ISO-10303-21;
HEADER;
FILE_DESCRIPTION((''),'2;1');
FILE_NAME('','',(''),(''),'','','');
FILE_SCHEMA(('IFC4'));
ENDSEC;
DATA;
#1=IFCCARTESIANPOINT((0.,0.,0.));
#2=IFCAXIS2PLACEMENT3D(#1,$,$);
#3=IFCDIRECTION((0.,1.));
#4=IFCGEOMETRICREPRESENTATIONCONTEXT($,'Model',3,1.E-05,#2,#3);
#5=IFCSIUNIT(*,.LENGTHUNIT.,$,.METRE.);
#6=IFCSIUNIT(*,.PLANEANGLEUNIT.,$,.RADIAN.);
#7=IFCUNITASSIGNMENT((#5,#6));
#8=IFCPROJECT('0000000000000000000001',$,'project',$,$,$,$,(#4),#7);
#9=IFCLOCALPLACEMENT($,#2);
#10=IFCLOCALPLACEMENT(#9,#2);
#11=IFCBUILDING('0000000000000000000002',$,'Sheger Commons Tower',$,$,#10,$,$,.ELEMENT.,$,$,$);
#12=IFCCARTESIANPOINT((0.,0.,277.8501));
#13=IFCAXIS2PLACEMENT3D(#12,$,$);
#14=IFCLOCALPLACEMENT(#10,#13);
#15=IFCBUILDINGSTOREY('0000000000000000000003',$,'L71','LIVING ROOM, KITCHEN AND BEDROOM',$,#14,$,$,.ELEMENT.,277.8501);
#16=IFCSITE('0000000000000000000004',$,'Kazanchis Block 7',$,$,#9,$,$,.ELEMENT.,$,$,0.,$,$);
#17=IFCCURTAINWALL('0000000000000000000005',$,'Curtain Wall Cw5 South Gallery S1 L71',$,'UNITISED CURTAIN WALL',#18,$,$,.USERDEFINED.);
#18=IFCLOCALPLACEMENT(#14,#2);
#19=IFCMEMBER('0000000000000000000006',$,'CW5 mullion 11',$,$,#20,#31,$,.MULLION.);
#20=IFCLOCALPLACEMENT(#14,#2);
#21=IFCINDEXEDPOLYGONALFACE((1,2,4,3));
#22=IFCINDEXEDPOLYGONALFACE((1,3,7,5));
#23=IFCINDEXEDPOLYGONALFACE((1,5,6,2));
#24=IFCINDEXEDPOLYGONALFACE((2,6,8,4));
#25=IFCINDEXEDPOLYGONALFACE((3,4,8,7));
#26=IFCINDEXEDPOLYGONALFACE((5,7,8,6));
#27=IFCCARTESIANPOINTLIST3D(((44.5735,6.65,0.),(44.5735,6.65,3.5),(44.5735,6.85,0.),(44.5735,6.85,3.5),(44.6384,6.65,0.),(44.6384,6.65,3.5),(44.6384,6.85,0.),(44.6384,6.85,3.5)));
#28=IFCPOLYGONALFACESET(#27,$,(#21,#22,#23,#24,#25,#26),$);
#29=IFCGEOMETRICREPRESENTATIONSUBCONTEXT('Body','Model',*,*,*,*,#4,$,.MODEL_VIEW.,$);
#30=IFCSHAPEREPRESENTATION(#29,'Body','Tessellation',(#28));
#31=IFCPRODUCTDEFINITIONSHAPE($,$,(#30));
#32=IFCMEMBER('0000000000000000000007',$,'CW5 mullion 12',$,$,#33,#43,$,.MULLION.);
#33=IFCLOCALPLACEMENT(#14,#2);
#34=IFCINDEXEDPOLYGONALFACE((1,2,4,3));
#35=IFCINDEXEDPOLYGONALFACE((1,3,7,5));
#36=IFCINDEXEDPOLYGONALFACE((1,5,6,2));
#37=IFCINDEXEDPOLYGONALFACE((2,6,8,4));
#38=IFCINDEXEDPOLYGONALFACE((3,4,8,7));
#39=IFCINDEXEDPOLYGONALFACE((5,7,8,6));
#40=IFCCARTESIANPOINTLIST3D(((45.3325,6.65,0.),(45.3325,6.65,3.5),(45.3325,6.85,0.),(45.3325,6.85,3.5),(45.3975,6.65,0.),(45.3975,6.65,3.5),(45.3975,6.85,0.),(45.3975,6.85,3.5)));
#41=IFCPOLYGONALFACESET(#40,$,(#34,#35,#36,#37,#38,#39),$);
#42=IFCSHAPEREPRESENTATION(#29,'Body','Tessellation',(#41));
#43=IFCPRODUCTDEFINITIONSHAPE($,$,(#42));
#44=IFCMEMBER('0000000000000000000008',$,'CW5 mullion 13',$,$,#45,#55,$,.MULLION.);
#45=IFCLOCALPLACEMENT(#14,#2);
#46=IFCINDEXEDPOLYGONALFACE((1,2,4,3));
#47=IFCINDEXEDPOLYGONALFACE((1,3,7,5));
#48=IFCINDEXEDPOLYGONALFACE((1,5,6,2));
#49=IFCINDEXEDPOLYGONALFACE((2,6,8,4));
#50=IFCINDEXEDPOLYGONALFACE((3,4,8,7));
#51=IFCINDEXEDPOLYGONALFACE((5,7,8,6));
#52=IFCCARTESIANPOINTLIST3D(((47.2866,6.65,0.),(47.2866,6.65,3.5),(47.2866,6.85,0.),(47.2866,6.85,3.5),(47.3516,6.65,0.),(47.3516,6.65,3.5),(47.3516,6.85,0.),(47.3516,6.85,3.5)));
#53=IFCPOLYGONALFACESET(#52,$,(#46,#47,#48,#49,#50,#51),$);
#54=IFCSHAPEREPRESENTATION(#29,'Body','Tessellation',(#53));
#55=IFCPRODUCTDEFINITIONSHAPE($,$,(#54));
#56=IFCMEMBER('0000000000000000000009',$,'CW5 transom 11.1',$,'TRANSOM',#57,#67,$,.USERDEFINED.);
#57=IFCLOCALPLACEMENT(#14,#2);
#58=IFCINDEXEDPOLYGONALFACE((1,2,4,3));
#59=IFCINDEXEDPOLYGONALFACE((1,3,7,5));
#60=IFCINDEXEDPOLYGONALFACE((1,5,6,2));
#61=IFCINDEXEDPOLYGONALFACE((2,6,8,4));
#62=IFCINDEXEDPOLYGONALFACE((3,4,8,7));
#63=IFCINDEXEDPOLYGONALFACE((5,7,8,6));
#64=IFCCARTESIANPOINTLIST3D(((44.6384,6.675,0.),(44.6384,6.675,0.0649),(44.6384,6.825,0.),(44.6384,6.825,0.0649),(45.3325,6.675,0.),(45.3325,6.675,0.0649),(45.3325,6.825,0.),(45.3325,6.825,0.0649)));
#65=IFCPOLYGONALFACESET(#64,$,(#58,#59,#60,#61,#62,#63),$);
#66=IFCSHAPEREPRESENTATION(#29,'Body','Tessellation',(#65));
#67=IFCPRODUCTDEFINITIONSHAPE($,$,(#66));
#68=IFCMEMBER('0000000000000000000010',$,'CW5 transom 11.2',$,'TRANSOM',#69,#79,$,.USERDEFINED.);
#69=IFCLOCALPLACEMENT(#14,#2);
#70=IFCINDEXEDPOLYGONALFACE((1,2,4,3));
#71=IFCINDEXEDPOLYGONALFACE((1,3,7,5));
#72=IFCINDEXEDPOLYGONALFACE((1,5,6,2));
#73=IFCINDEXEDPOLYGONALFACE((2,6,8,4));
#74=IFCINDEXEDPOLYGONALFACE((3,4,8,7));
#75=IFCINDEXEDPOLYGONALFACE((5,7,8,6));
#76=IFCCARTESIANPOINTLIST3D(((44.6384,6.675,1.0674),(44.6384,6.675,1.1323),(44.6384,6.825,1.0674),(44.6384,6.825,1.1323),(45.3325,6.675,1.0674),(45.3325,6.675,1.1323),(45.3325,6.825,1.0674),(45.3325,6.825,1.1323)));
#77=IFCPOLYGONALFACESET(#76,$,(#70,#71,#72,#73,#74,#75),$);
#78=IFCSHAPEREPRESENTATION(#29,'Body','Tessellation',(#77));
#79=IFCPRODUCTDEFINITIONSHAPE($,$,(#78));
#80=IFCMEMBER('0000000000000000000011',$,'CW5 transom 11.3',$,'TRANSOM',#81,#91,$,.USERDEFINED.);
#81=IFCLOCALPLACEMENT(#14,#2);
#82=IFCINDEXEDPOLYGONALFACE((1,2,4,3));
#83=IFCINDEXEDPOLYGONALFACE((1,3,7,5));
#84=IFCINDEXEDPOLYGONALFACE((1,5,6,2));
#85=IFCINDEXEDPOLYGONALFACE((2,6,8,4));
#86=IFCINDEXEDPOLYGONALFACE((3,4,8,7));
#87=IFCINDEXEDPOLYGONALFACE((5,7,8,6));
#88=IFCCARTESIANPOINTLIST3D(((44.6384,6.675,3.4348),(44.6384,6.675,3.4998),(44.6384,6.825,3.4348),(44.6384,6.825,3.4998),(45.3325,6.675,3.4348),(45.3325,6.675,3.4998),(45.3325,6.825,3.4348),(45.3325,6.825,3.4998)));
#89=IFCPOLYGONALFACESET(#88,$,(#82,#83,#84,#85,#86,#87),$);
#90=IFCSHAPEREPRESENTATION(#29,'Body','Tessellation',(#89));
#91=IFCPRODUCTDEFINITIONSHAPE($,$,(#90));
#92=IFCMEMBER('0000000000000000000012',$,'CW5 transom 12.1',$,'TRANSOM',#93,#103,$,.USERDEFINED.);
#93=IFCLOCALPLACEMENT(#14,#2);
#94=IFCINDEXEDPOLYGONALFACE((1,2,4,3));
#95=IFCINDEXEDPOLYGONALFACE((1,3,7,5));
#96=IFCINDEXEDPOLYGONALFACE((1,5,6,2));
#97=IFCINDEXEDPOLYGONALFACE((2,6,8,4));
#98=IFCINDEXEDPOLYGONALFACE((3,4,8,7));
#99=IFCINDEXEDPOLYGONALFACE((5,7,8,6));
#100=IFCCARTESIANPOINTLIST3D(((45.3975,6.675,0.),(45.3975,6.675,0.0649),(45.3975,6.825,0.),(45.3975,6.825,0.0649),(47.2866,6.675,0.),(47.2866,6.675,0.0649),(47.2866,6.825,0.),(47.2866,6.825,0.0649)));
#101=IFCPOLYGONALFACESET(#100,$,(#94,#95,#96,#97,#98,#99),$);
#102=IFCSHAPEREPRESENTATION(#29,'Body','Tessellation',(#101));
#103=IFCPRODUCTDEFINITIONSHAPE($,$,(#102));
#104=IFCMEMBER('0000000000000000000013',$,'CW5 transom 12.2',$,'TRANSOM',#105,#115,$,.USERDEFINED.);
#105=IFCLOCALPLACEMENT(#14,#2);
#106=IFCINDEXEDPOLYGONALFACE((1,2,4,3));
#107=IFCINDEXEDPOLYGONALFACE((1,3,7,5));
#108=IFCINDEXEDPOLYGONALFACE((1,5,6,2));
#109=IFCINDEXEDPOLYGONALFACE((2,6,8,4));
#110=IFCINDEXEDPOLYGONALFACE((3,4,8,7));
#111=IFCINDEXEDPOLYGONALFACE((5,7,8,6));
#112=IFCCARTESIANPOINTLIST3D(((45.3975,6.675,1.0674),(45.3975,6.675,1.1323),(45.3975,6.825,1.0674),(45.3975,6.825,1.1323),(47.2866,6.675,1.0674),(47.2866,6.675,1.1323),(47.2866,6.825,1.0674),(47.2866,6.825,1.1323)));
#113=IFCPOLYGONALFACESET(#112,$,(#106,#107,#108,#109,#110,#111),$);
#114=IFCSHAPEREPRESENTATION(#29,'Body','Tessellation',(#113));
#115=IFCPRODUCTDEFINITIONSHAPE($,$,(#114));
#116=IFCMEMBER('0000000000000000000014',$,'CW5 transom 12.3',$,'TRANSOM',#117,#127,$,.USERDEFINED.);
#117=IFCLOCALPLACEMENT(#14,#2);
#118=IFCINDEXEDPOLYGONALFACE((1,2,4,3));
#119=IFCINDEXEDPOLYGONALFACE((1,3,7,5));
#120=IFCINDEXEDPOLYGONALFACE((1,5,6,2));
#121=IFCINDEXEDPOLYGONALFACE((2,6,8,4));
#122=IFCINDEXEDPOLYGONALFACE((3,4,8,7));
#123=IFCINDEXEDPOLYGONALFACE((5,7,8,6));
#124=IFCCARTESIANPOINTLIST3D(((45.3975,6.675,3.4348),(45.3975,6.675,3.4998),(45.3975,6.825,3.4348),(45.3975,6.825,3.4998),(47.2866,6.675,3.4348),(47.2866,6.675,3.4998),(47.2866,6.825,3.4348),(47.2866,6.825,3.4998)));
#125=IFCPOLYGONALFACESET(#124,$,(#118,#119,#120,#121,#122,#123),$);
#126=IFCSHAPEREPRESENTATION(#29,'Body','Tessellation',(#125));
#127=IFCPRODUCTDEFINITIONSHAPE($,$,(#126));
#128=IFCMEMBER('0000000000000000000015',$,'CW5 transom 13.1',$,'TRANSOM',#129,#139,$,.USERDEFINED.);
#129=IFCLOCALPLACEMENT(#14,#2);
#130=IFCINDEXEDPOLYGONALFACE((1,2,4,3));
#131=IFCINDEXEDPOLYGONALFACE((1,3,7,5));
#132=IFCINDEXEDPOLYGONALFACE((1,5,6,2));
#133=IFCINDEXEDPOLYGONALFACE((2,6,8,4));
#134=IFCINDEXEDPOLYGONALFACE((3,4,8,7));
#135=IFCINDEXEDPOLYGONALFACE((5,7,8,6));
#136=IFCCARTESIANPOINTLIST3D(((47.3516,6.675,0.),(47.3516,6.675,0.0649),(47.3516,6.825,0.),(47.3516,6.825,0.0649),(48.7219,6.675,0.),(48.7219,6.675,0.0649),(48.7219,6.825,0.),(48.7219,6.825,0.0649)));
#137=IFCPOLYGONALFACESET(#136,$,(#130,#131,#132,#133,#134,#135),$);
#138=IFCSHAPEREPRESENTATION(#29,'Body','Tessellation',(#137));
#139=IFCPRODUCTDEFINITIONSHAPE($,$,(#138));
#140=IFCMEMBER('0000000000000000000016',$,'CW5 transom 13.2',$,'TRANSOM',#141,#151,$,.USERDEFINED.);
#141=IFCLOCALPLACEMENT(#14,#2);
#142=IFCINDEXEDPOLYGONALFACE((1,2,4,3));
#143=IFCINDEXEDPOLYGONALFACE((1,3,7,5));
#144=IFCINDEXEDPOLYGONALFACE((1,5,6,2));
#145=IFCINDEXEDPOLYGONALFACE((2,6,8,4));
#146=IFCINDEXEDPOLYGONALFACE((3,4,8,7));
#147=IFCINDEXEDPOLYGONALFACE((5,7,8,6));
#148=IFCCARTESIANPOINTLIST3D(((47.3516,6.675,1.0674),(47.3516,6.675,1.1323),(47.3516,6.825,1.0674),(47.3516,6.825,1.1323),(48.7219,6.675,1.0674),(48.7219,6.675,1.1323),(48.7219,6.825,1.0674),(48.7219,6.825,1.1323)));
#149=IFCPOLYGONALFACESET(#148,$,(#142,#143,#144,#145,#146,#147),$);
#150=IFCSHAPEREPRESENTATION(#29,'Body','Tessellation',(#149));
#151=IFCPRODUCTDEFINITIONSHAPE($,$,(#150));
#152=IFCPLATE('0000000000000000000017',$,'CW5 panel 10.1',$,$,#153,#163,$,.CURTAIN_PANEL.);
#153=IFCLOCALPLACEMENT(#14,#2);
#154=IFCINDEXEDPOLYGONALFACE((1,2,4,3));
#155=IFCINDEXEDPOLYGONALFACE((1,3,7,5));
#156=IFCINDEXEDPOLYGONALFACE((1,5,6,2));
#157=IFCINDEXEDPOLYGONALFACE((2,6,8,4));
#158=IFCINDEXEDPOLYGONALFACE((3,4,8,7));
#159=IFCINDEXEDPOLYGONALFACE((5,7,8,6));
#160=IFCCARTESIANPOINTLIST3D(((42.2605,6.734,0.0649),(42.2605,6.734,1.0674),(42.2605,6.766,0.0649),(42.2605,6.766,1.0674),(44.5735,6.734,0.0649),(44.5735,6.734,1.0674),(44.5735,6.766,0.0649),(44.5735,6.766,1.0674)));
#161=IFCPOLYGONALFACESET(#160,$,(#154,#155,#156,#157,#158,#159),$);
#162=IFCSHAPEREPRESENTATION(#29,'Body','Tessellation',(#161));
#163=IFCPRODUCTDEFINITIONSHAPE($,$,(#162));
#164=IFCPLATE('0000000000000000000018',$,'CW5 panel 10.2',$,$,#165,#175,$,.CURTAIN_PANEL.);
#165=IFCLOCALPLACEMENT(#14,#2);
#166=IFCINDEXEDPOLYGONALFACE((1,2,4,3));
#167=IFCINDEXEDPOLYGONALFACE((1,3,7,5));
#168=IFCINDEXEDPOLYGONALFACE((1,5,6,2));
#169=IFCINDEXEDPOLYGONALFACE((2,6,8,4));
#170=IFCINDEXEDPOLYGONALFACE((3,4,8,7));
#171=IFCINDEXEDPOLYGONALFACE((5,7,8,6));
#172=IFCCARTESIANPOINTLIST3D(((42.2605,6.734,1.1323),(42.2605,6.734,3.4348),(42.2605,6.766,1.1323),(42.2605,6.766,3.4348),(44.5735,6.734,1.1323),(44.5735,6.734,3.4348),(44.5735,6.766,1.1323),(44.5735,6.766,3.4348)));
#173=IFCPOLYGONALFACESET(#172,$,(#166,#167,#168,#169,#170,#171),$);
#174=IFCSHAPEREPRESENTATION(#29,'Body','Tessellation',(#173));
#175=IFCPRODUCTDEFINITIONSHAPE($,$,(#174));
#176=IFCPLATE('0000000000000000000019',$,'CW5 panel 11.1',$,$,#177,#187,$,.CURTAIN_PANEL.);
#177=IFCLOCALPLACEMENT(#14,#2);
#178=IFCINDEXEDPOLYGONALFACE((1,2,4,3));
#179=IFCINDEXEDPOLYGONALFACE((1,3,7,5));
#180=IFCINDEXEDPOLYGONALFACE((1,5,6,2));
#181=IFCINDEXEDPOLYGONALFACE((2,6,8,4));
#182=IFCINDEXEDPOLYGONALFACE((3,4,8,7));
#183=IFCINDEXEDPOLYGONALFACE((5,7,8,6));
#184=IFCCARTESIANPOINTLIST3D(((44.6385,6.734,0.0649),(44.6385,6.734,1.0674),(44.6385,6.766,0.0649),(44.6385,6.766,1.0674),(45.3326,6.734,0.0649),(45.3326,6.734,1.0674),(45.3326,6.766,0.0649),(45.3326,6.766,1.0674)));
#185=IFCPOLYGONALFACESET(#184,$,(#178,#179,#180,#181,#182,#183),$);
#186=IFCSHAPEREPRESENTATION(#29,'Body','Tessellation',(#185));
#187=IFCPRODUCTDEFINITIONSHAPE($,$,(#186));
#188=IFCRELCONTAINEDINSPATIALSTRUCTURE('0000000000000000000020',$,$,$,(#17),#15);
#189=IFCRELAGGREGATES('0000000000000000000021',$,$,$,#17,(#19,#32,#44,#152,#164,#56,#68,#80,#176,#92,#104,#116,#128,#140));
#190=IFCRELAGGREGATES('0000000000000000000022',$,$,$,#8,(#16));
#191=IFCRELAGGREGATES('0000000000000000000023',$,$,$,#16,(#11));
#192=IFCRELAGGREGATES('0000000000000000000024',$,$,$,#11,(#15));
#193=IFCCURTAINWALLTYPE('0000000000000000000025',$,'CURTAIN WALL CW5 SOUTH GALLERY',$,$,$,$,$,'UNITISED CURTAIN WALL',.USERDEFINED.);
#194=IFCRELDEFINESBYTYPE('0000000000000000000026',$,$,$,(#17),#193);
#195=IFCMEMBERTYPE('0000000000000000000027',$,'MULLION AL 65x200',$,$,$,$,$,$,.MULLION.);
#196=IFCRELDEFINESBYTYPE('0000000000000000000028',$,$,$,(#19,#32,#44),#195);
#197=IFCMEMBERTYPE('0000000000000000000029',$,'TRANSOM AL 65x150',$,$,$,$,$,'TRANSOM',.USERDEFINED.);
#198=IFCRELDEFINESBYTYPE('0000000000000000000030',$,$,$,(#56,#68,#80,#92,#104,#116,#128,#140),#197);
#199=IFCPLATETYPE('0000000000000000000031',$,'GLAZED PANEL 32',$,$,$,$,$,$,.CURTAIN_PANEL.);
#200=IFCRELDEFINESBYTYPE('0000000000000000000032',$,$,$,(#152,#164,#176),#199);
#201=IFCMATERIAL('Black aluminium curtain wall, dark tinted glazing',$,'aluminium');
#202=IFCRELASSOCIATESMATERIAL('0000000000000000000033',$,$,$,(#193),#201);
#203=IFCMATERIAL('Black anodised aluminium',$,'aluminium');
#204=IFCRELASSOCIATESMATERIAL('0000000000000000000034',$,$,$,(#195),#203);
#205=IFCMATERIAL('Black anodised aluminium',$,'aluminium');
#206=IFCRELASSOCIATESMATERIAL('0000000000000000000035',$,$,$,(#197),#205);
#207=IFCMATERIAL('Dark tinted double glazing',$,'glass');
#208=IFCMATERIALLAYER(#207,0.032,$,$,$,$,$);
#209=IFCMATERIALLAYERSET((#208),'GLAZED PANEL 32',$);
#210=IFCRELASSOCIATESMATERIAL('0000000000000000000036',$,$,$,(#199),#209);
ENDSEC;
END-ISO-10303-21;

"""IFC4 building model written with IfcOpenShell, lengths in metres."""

from ifc_helpers import new_model, si_unit, direction, frame, origin, origin_2d, place, context, subcontext, project, spatial, rectangle, extrude, material, layer, layer_set, material_profile, profile_set, type_object, element, aggregate, save


model = new_model("IFC4")

# Units and contexts
model_context = context("Model", 3, precision=1e-05, world=origin(), true_north=direction((0.0, 1.0)))
body_context = subcontext(model_context, "Body", "Model", "MODEL_VIEW")
ifc_project = project(units=[si_unit("LENGTHUNIT", "METRE"), si_unit("PLANEANGLEUNIT", "RADIAN")], contexts=[model_context])

# Site, building, storey
site_placement = place(None, origin())
site = spatial("IfcSite", under=ifc_project, at=site_placement, Name="Kazanchis Block 7", CompositionType="ELEMENT", RefElevation=0.0)
building_placement = place(site_placement, origin())
building = spatial("IfcBuilding", under=site, at=building_placement, Name="Sheger Commons Tower", CompositionType="ELEMENT")
storey_placement = place(building_placement, frame((0.0, 0.0, 277.8501)))
storey = spatial("IfcBuildingStorey", under=building, at=storey_placement, Name="L71", Description="LIVING ROOM, KITCHEN AND BEDROOM", CompositionType="ELEMENT", Elevation=277.8501)

# Curtain wall, members, plates
ifc_material_1 = material(Name="Black aluminium curtain wall, dark tinted glazing", Category="aluminium")
curtain_wall_type = type_object("IfcCurtainWallType", Name="CURTAIN WALL CW5 SOUTH GALLERY", ElementType="UNITISED CURTAIN WALL", PredefinedType="USERDEFINED", material=ifc_material_1)
curtain_wall_placement = place(storey_placement, origin())
curtain_wall = element("IfcCurtainWall", 1, at=curtain_wall_placement, inside=storey, type_object=curtain_wall_type, Name="Curtain Wall Cw5 South Gallery S1 L71", ObjectType="UNITISED CURTAIN WALL", PredefinedType="USERDEFINED")
ifc_material_2 = material(Name="Black anodised aluminium", Category="aluminium")
ifc_material_profile_1 = material_profile(ifc_material_2, rectangle(XDim=0.2, YDim=0.0649, at=origin_2d()), Name="AL 65x200")
ifc_profile_set_1 = profile_set([ifc_material_profile_1], Name="Black anodised aluminium")
member_type_1 = type_object("IfcMemberType", Name="MULLION AL 65x200", PredefinedType="MULLION", material=ifc_profile_set_1)
member_1_placement = place(storey_placement, frame((44.606, 6.75, 0.0), z_axis=(0.0, 0.0, 1.0), x_axis=(0.0, 1.0, 0.0)))
member_1 = element("IfcMember", 2, at=member_1_placement, type_object=member_type_1, Name="CW5 mullion 11", PredefinedType="MULLION", context=body_context, shape_type="SweptSolid", body=[
    extrude(rectangle(XDim=0.2, YDim=0.0649, at=origin_2d()), origin(), (0.0, 0.0, 1.0), 3.5),
])
member_2_placement = place(storey_placement, frame((45.365, 6.75, 0.0), z_axis=(0.0, 0.0, 1.0), x_axis=(0.0, 1.0, 0.0)))
member_2 = element("IfcMember", 3, at=member_2_placement, type_object=member_type_1, Name="CW5 mullion 12", PredefinedType="MULLION", context=body_context, shape_type="SweptSolid", body=[
    extrude(rectangle(XDim=0.2, YDim=0.0649, at=origin_2d()), origin(), (0.0, 0.0, 1.0), 3.5),
])
member_3_placement = place(storey_placement, frame((47.3191, 6.75, 0.0), z_axis=(0.0, 0.0, 1.0), x_axis=(0.0, 1.0, 0.0)))
member_3 = element("IfcMember", 4, at=member_3_placement, type_object=member_type_1, Name="CW5 mullion 13", PredefinedType="MULLION", context=body_context, shape_type="SweptSolid", body=[
    extrude(rectangle(XDim=0.2, YDim=0.0649, at=origin_2d()), origin(), (0.0, 0.0, 1.0), 3.5),
])
ifc_material_3 = material(Name="Black anodised aluminium", Category="aluminium")
ifc_material_profile_2 = material_profile(ifc_material_3, rectangle(XDim=0.1499, YDim=0.0649, at=origin_2d()), Name="AL 65x150")
ifc_profile_set_2 = profile_set([ifc_material_profile_2], Name="Black anodised aluminium")
member_type_2 = type_object("IfcMemberType", Name="TRANSOM AL 65x150", ElementType="TRANSOM", PredefinedType="USERDEFINED", material=ifc_profile_set_2)
member_4_placement = place(storey_placement, frame((44.6384, 6.75, 0.0325), z_axis=(1.0, 0.0, 0.0), x_axis=(0.0, 1.0, 0.0)))
member_4 = element("IfcMember", 5, at=member_4_placement, type_object=member_type_2, Name="CW5 transom 11.1", ObjectType="TRANSOM", PredefinedType="USERDEFINED", context=body_context, shape_type="SweptSolid", body=[
    extrude(rectangle(XDim=0.1499, YDim=0.0649, at=origin_2d()), origin(), (0.0, 0.0, 1.0), 0.6941),
])
member_5_placement = place(storey_placement, frame((44.6384, 6.75, 1.0999), z_axis=(1.0, 0.0, 0.0), x_axis=(0.0, 1.0, 0.0)))
member_5 = element("IfcMember", 6, at=member_5_placement, type_object=member_type_2, Name="CW5 transom 11.2", ObjectType="TRANSOM", PredefinedType="USERDEFINED", context=body_context, shape_type="SweptSolid", body=[
    extrude(rectangle(XDim=0.1499, YDim=0.0649, at=origin_2d()), origin(), (0.0, 0.0, 1.0), 0.6941),
])
member_6_placement = place(storey_placement, frame((44.6384, 6.75, 3.4673), z_axis=(1.0, 0.0, 0.0), x_axis=(0.0, 1.0, 0.0)))
member_6 = element("IfcMember", 7, at=member_6_placement, type_object=member_type_2, Name="CW5 transom 11.3", ObjectType="TRANSOM", PredefinedType="USERDEFINED", context=body_context, shape_type="SweptSolid", body=[
    extrude(rectangle(XDim=0.1499, YDim=0.0649, at=origin_2d()), origin(), (0.0, 0.0, 1.0), 0.6941),
])
member_7_placement = place(storey_placement, frame((45.3975, 6.75, 0.0325), z_axis=(1.0, 0.0, 0.0), x_axis=(0.0, 1.0, 0.0)))
member_7 = element("IfcMember", 8, at=member_7_placement, type_object=member_type_2, Name="CW5 transom 12.1", ObjectType="TRANSOM", PredefinedType="USERDEFINED", context=body_context, shape_type="SweptSolid", body=[
    extrude(rectangle(XDim=0.1499, YDim=0.0649, at=origin_2d()), origin(), (0.0, 0.0, 1.0), 1.8892),
])
member_8_placement = place(storey_placement, frame((45.3975, 6.75, 1.0999), z_axis=(1.0, 0.0, 0.0), x_axis=(0.0, 1.0, 0.0)))
member_8 = element("IfcMember", 9, at=member_8_placement, type_object=member_type_2, Name="CW5 transom 12.2", ObjectType="TRANSOM", PredefinedType="USERDEFINED", context=body_context, shape_type="SweptSolid", body=[
    extrude(rectangle(XDim=0.1499, YDim=0.0649, at=origin_2d()), origin(), (0.0, 0.0, 1.0), 1.8892),
])
member_9_placement = place(storey_placement, frame((45.3975, 6.75, 3.4673), z_axis=(1.0, 0.0, 0.0), x_axis=(0.0, 1.0, 0.0)))
member_9 = element("IfcMember", 10, at=member_9_placement, type_object=member_type_2, Name="CW5 transom 12.3", ObjectType="TRANSOM", PredefinedType="USERDEFINED", context=body_context, shape_type="SweptSolid", body=[
    extrude(rectangle(XDim=0.1499, YDim=0.0649, at=origin_2d()), origin(), (0.0, 0.0, 1.0), 1.8892),
])
member_10_placement = place(storey_placement, frame((47.3516, 6.75, 0.0325), z_axis=(1.0, 0.0, 0.0), x_axis=(0.0, 1.0, 0.0)))
member_10 = element("IfcMember", 11, at=member_10_placement, type_object=member_type_2, Name="CW5 transom 13.1", ObjectType="TRANSOM", PredefinedType="USERDEFINED", context=body_context, shape_type="SweptSolid", body=[
    extrude(rectangle(XDim=0.1499, YDim=0.0649, at=origin_2d()), origin(), (0.0, 0.0, 1.0), 1.3704),
])
member_11_placement = place(storey_placement, frame((47.3516, 6.75, 1.0999), z_axis=(1.0, 0.0, 0.0), x_axis=(0.0, 1.0, 0.0)))
member_11 = element("IfcMember", 12, at=member_11_placement, type_object=member_type_2, Name="CW5 transom 13.2", ObjectType="TRANSOM", PredefinedType="USERDEFINED", context=body_context, shape_type="SweptSolid", body=[
    extrude(rectangle(XDim=0.1499, YDim=0.0649, at=origin_2d()), origin(), (0.0, 0.0, 1.0), 1.3704),
])
ifc_material_4 = material(Name="Dark tinted double glazing", Category="glass")
ifc_layer_1 = layer(ifc_material_4, 0.032)
ifc_layer_set_1 = layer_set([ifc_layer_1], Name="GLAZED PANEL 32")
plate_type_1 = type_object("IfcPlateType", Name="GLAZED PANEL 32", PredefinedType="CURTAIN_PANEL", material=ifc_layer_set_1)
plate_1_placement = place(storey_placement, frame((43.417, 6.75, 0.0649), z_axis=(0.0, 0.0, 1.0), x_axis=(1.0, 0.0, 0.0)))
plate_1 = element("IfcPlate", 13, at=plate_1_placement, type_object=plate_type_1, Name="CW5 panel 10.1", PredefinedType="CURTAIN_PANEL", context=body_context, shape_type="SweptSolid", body=[
    extrude(rectangle(XDim=2.313, YDim=0.032, at=origin_2d()), origin(), (0.0, 0.0, 1.0), 1.0024),
])
plate_2_placement = place(storey_placement, frame((43.417, 6.75, 1.1323), z_axis=(0.0, 0.0, 1.0), x_axis=(1.0, 0.0, 0.0)))
plate_2 = element("IfcPlate", 14, at=plate_2_placement, type_object=plate_type_1, Name="CW5 panel 10.2", PredefinedType="CURTAIN_PANEL", context=body_context, shape_type="SweptSolid", body=[
    extrude(rectangle(XDim=2.313, YDim=0.032, at=origin_2d()), origin(), (0.0, 0.0, 1.0), 2.3025),
])
plate_3_placement = place(storey_placement, frame((44.9856, 6.75, 0.0649), z_axis=(0.0, 0.0, 1.0), x_axis=(1.0, 0.0, 0.0)))
plate_3 = element("IfcPlate", 15, at=plate_3_placement, type_object=plate_type_1, Name="CW5 panel 11.1", PredefinedType="CURTAIN_PANEL", context=body_context, shape_type="SweptSolid", body=[
    extrude(rectangle(XDim=0.6941, YDim=0.032, at=origin_2d()), origin(), (0.0, 0.0, 1.0), 1.0024),
])
aggregate(curtain_wall, [member_1, member_2, member_3, plate_1, plate_2, member_4, member_5, member_6, plate_3, member_7, member_8, member_9, member_10, member_11])

save(model, "model.ifc")
